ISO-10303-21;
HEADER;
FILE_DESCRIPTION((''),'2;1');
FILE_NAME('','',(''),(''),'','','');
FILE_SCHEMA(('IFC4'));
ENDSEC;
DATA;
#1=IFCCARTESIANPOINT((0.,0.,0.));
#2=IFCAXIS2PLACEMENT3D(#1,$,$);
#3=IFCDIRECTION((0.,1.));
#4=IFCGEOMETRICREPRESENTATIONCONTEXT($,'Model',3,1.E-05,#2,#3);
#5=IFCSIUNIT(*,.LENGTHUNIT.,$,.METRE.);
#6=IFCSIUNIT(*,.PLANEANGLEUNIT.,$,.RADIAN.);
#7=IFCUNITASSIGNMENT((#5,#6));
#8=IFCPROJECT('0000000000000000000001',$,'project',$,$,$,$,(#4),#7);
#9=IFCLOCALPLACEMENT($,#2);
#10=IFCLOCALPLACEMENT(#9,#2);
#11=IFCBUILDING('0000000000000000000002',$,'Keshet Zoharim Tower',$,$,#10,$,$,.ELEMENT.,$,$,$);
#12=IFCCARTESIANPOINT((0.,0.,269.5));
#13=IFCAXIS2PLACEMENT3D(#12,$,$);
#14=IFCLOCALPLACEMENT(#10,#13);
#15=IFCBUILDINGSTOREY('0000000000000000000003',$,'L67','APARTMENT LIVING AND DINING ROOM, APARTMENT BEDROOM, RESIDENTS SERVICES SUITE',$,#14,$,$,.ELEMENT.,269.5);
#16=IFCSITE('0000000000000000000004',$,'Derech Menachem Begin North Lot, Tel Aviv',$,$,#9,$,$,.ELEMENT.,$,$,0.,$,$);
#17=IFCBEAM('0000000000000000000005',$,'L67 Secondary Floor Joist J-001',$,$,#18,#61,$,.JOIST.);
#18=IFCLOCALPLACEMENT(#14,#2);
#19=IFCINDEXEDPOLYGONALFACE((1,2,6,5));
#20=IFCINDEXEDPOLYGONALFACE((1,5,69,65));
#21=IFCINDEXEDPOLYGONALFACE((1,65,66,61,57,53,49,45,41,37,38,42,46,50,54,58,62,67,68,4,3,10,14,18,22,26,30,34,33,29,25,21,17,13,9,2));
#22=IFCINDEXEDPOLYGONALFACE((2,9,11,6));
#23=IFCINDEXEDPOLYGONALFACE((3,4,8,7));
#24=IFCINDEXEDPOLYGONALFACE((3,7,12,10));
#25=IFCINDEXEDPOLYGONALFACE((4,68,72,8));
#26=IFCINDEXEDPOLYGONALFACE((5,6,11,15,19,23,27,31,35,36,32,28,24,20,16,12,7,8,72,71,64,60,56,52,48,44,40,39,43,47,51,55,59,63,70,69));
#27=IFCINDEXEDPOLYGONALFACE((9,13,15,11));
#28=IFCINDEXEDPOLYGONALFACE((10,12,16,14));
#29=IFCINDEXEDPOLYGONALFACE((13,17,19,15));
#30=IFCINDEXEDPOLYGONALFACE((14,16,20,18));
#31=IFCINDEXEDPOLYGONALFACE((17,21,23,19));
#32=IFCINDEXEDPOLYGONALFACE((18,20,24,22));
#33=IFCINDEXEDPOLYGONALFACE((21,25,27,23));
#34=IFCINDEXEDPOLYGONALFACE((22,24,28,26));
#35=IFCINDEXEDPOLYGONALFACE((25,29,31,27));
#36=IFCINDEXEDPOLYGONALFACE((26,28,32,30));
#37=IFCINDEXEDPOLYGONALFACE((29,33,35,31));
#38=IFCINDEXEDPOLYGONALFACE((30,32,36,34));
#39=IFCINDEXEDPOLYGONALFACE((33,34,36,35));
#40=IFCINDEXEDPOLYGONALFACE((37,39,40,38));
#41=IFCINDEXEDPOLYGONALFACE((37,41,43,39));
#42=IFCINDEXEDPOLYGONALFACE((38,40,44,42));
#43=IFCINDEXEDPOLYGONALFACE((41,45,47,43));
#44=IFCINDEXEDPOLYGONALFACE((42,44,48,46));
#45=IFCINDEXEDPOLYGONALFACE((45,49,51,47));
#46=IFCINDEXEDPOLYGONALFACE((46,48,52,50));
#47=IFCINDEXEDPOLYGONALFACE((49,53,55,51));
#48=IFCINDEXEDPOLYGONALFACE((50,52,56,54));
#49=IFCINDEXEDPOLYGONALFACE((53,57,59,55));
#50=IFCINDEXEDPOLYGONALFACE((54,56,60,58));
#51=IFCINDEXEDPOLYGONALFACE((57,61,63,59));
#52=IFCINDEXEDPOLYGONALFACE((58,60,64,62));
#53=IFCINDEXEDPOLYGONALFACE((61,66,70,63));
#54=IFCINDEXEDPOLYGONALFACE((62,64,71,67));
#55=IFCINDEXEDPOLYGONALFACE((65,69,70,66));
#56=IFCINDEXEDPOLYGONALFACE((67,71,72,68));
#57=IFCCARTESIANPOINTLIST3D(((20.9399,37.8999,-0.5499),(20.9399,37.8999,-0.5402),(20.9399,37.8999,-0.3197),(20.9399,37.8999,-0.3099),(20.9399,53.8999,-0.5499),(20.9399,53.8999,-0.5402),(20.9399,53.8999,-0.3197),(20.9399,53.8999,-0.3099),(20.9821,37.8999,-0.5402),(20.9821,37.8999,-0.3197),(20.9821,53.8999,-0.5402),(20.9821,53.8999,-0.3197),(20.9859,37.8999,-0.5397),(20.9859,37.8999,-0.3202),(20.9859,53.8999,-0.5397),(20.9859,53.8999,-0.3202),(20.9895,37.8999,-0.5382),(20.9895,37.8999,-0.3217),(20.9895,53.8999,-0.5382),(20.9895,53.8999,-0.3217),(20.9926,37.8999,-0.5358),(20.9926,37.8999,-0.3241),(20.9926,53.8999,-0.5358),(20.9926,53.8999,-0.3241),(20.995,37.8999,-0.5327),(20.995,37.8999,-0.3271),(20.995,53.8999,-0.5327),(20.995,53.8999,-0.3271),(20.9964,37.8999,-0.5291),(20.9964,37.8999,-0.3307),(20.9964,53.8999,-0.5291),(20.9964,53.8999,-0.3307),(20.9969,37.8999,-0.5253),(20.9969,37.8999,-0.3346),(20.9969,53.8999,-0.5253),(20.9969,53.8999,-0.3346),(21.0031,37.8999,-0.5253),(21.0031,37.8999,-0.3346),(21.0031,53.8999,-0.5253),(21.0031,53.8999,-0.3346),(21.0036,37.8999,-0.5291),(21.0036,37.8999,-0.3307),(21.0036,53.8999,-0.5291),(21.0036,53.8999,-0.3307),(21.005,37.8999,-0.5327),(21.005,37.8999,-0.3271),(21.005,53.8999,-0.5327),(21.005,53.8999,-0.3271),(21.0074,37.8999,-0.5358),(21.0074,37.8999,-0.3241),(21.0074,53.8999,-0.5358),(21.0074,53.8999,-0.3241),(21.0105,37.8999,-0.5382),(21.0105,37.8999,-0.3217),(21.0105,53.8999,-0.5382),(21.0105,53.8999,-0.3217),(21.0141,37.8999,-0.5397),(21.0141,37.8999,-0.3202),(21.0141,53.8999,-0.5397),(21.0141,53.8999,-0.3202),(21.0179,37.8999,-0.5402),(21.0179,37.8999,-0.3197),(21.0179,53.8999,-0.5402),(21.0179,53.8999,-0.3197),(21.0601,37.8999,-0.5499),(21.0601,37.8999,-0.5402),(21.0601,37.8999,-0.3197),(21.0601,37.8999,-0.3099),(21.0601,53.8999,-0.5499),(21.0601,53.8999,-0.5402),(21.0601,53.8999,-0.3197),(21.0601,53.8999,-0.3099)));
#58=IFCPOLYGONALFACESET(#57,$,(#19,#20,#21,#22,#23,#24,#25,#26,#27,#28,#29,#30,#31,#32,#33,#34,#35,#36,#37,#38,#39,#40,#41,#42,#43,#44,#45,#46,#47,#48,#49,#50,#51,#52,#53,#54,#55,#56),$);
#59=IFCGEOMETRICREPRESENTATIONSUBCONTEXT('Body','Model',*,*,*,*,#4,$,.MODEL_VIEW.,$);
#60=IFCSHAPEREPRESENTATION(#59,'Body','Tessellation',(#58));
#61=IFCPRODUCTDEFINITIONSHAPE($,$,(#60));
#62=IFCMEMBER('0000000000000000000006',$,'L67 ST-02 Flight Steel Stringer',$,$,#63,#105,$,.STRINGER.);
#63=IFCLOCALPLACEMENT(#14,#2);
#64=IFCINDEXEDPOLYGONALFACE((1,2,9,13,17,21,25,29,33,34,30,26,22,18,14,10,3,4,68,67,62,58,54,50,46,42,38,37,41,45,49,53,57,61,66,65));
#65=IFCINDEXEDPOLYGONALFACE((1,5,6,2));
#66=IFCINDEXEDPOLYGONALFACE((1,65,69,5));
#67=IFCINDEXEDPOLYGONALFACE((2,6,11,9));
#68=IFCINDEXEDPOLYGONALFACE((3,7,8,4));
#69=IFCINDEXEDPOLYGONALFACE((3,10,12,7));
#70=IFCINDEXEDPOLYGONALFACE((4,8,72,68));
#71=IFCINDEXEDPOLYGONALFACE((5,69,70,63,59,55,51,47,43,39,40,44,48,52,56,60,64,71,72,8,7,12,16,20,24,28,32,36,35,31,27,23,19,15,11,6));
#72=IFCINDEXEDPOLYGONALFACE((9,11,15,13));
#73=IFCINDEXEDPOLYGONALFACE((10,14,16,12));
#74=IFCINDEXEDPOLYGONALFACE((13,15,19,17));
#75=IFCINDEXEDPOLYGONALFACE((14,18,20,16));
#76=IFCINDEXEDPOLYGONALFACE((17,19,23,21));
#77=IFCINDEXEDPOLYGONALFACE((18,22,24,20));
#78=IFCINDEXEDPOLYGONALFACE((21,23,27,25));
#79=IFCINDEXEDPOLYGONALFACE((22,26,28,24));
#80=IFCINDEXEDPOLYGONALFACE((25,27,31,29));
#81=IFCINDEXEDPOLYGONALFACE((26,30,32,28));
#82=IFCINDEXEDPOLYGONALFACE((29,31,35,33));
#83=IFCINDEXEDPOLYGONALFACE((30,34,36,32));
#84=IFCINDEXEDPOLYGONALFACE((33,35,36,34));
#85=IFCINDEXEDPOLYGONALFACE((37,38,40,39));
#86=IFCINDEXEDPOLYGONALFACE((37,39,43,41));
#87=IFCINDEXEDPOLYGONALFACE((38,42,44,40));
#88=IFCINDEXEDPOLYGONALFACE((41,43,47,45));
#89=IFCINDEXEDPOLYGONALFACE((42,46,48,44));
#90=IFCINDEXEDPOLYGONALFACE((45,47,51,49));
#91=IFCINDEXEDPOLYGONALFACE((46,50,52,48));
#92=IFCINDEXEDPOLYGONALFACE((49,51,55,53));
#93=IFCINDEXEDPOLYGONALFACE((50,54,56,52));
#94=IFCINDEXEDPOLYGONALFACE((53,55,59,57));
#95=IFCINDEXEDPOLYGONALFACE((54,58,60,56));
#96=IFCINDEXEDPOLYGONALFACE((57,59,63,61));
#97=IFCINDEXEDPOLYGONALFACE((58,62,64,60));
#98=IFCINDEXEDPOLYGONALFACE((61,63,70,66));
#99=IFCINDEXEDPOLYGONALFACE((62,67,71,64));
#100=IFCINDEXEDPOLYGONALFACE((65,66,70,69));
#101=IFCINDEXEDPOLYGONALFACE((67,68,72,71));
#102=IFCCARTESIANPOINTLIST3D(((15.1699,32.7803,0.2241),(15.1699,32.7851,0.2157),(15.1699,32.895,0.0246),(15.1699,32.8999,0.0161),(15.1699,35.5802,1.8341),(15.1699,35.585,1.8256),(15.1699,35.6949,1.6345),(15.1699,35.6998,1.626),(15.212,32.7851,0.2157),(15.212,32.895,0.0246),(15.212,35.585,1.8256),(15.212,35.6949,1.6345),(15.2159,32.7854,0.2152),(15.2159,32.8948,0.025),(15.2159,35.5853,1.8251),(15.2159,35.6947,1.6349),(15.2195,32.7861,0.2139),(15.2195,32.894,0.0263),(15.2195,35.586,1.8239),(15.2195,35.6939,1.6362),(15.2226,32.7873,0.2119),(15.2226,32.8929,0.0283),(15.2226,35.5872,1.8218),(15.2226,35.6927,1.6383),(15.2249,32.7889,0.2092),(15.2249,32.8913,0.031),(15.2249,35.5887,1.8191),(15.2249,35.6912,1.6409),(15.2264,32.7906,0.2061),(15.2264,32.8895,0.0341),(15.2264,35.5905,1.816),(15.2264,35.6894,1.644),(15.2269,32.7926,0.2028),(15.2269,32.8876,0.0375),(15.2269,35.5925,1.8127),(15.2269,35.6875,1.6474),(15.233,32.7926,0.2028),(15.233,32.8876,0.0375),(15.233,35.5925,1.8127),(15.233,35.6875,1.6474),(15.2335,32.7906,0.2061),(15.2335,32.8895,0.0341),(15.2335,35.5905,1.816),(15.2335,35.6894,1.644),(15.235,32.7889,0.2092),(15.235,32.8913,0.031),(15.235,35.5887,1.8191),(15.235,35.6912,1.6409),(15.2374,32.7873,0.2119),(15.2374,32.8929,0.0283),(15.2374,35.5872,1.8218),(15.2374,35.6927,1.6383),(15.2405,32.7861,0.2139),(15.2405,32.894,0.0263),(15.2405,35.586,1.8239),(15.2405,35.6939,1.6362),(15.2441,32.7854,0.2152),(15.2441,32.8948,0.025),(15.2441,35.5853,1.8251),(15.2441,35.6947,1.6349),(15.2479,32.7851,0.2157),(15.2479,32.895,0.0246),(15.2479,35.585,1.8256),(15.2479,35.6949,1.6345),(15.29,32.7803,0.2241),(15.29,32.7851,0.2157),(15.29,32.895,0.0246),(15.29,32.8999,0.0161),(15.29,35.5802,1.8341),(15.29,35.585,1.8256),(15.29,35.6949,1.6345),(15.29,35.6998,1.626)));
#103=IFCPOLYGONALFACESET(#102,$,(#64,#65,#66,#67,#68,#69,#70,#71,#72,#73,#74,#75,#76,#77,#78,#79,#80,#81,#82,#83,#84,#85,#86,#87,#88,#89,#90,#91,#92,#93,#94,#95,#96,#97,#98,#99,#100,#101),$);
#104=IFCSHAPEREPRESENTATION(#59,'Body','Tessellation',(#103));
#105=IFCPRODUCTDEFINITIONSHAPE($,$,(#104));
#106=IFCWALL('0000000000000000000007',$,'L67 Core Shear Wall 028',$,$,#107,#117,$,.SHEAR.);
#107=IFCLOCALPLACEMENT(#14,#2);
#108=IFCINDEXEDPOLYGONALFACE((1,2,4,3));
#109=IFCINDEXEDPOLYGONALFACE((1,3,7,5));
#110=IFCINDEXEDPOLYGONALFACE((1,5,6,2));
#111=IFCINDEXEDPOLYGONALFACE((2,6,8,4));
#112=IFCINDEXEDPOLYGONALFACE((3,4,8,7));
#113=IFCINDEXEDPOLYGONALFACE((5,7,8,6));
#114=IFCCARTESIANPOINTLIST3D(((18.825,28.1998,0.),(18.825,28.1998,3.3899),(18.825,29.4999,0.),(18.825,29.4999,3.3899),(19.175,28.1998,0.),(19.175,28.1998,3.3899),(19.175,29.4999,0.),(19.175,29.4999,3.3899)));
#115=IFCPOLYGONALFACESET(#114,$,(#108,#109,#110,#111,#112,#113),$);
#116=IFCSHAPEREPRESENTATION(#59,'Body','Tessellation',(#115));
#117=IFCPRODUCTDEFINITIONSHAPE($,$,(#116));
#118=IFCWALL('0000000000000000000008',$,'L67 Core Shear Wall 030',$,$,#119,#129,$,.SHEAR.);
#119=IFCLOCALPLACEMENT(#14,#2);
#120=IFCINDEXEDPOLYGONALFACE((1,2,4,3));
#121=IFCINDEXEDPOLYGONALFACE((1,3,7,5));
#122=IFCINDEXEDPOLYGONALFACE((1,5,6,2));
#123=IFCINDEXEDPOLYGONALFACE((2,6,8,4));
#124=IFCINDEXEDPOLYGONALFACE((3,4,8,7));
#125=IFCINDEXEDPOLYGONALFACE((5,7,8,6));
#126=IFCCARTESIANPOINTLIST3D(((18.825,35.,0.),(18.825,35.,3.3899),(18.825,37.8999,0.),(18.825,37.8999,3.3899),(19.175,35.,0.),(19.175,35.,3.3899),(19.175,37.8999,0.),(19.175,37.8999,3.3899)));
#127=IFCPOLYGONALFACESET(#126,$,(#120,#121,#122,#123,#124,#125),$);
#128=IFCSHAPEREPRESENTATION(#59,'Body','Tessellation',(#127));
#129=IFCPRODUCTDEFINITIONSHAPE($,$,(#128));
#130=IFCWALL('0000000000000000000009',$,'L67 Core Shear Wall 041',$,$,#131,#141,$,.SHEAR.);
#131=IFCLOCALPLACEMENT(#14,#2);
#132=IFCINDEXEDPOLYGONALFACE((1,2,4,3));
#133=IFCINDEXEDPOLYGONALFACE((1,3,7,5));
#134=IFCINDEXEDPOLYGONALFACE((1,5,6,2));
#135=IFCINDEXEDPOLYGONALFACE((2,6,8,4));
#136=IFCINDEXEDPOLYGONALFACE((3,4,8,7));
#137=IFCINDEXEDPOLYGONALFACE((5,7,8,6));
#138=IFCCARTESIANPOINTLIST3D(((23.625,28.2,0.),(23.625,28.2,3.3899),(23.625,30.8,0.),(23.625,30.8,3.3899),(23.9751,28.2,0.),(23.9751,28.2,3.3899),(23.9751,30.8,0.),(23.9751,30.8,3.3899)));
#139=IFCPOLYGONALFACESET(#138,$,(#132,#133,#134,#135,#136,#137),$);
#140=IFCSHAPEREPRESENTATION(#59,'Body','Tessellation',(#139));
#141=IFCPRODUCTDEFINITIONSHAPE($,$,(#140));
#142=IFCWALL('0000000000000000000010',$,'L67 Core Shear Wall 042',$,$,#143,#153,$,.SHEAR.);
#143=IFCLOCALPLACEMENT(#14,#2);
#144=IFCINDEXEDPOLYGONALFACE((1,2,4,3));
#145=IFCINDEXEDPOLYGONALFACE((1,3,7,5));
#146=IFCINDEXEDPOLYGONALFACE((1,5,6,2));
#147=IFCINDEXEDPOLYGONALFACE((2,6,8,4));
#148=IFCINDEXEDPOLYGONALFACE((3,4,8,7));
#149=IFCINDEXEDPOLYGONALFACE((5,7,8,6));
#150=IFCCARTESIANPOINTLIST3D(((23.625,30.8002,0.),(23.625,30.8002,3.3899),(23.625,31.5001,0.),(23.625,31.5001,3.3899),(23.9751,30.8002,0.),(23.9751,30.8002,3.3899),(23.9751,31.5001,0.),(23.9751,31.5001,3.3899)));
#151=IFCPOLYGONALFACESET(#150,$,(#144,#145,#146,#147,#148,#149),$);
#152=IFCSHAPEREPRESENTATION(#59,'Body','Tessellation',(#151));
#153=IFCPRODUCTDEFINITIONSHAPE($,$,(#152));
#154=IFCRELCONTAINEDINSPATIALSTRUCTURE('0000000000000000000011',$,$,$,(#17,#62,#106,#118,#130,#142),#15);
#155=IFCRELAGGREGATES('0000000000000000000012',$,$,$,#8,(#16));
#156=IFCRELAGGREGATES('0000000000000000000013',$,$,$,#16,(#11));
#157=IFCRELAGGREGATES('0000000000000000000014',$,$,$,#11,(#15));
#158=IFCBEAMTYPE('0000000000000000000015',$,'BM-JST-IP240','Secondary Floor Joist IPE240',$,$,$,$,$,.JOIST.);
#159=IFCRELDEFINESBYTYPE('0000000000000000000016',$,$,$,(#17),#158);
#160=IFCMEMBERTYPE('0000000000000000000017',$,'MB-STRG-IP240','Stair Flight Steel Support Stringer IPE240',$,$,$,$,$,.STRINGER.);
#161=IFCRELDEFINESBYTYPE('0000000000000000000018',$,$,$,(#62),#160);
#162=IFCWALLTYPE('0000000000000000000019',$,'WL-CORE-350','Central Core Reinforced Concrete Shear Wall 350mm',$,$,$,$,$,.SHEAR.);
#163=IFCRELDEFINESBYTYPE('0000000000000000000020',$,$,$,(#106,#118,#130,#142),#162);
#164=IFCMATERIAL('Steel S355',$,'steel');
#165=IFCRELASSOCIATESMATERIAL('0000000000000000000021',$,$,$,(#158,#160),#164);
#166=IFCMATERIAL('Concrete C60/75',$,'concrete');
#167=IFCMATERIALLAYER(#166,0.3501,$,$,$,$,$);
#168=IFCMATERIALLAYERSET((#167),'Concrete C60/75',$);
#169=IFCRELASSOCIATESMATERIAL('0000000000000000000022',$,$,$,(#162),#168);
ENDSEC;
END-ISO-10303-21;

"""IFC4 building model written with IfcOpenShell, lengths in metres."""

from ifc_helpers import new_model, si_unit, direction, frame, frame_2d, origin, origin_2d, place, context, subcontext, project, spatial, rectangle, i_section, extrude, material, layer, layer_set, material_profile, profile_set, type_object, element, save


model = new_model("IFC4")

# Units and contexts
model_context = context("Model", 3, precision=1e-05, world=origin(), true_north=direction((0.0, 1.0)))
body_context = subcontext(model_context, "Body", "Model", "MODEL_VIEW")
ifc_project = project(units=[si_unit("LENGTHUNIT", "METRE"), si_unit("PLANEANGLEUNIT", "RADIAN")], contexts=[model_context])

# Site, building, storey
site_placement = place(None, origin())
site = spatial("IfcSite", under=ifc_project, at=site_placement, Name="Derech Menachem Begin North Lot, Tel Aviv", CompositionType="ELEMENT", RefElevation=0.0)
building_placement = place(site_placement, origin())
building = spatial("IfcBuilding", under=site, at=building_placement, Name="Keshet Zoharim Tower", CompositionType="ELEMENT")
storey_placement = place(building_placement, frame((0.0, 0.0, 269.5)))
storey = spatial("IfcBuildingStorey", under=building, at=storey_placement, Name="L67", Description="APARTMENT LIVING AND DINING ROOM, APARTMENT BEDROOM, RESIDENTS SERVICES SUITE", CompositionType="ELEMENT", Elevation=269.5)

# Beam
ifc_material_1 = material(Name="Steel S355", Category="steel")
ifc_material_profile_1 = material_profile(ifc_material_1, i_section(OverallWidth=0.1201, OverallDepth=0.24, WebThickness=0.0061, FlangeThickness=0.0098, FilletRadius=0.0149, at=origin_2d()), Name="IPE240")
ifc_profile_set_1 = profile_set([ifc_material_profile_1], Name="Steel S355")
beam_type = type_object("IfcBeamType", Name="BM-JST-IP240", Description="Secondary Floor Joist IPE240", PredefinedType="JOIST", material=ifc_profile_set_1)
beam_placement = place(storey_placement, frame((21.0, 37.8999, -0.4299), z_axis=(0.0, 1.0, 0.0), x_axis=(-1.0, 0.0, 0.0)))
element("IfcBeam", 1, at=beam_placement, inside=storey, type_object=beam_type, Name="L67 Secondary Floor Joist J-001", PredefinedType="JOIST", context=body_context, shape_type="SweptSolid", body=[
    extrude(i_section(OverallWidth=0.1201, OverallDepth=0.24, WebThickness=0.0061, FlangeThickness=0.0098, FilletRadius=0.0149, at=origin_2d()), origin(), (0.0, 0.0, 1.0), 16.0),
])

# Member
ifc_material_profile_2 = material_profile(ifc_material_1, i_section(OverallWidth=0.1201, OverallDepth=0.24, WebThickness=0.0061, FlangeThickness=0.0098, FilletRadius=0.0149, at=origin_2d()), Name="IPE240")
ifc_profile_set_2 = profile_set([ifc_material_profile_2], Name="Steel S355")
member_type = type_object("IfcMemberType", Name="MB-STRG-IP240", Description="Stair Flight Steel Support Stringer IPE240", PredefinedType="STRINGER", material=ifc_profile_set_2)
member_placement = place(storey_placement, frame((15.23, 32.8401, 0.1201), z_axis=(0.0, 0.86691, 0.498465), x_axis=(-1.0, 0.0, 0.0)))
element("IfcMember", 2, at=member_placement, inside=storey, type_object=member_type, Name="L67 ST-02 Flight Steel Stringer", PredefinedType="STRINGER", context=body_context, shape_type="SweptSolid", body=[
    extrude(i_section(OverallWidth=0.1201, OverallDepth=0.24, WebThickness=0.0061, FlangeThickness=0.0098, FilletRadius=0.0149, at=origin_2d()), origin(), (0.0, 0.0, 1.0), 3.2297),
])

# Wall
ifc_material_2 = material(Name="Concrete C60/75", Category="concrete")
ifc_layer_1 = layer(ifc_material_2, 0.3501)
ifc_layer_set_1 = layer_set([ifc_layer_1], Name="Concrete C60/75")
wall_type_1 = type_object("IfcWallType", Name="WL-CORE-350", Description="Central Core Reinforced Concrete Shear Wall 350mm", PredefinedType="SHEAR", material=ifc_layer_set_1)
wall_1_placement = place(storey_placement, frame((19.0, 28.2, 0.0), z_axis=(0.0, 0.0, 1.0), x_axis=(0.0, 1.0, 0.0)))
element("IfcWall", 3, at=wall_1_placement, inside=storey, type_object=wall_type_1, Name="L67 Core Shear Wall 028", PredefinedType="SHEAR", context=body_context, shape_type="SweptSolid", body=[
    extrude(rectangle(XDim=1.3, YDim=0.3501, at=frame_2d((0.6499, 0.0))), origin(), (0.0, 0.0, 1.0), 3.3899),
])

# Walls
wall_2_placement = place(storey_placement, frame((19.0, 35.0, 0.0), z_axis=(0.0, 0.0, 1.0), x_axis=(0.0, 1.0, 0.0)))
element("IfcWall", 4, at=wall_2_placement, inside=storey, type_object=wall_type_1, Name="L67 Core Shear Wall 030", PredefinedType="SHEAR", context=body_context, shape_type="SweptSolid", body=[
    extrude(rectangle(XDim=2.8999, YDim=0.3501, at=frame_2d((1.45, 0.0))), origin(), (0.0, 0.0, 1.0), 3.3899),
])
wall_3_placement = place(storey_placement, frame((23.8, 28.2, 0.0), z_axis=(0.0, 0.0, 1.0), x_axis=(0.0, 1.0, 0.0)))
element("IfcWall", 5, at=wall_3_placement, inside=storey, type_object=wall_type_1, Name="L67 Core Shear Wall 041", PredefinedType="SHEAR", context=body_context, shape_type="SweptSolid", body=[
    extrude(rectangle(XDim=2.6001, YDim=0.3501, at=frame_2d((1.3, 0.0))), origin(), (0.0, 0.0, 1.0), 3.3899),
])
wall_4_placement = place(storey_placement, frame((23.8, 30.8, 0.0), z_axis=(0.0, 0.0, 1.0), x_axis=(0.0, 1.0, 0.0)))
element("IfcWall", 6, at=wall_4_placement, inside=storey, type_object=wall_type_1, Name="L67 Core Shear Wall 042", PredefinedType="SHEAR", context=body_context, shape_type="SweptSolid", body=[
    extrude(rectangle(XDim=0.7, YDim=0.3501, at=frame_2d((0.3501, 0.0))), origin(), (0.0, 0.0, 1.0), 3.3899),
])

save(model, "model.ifc")
